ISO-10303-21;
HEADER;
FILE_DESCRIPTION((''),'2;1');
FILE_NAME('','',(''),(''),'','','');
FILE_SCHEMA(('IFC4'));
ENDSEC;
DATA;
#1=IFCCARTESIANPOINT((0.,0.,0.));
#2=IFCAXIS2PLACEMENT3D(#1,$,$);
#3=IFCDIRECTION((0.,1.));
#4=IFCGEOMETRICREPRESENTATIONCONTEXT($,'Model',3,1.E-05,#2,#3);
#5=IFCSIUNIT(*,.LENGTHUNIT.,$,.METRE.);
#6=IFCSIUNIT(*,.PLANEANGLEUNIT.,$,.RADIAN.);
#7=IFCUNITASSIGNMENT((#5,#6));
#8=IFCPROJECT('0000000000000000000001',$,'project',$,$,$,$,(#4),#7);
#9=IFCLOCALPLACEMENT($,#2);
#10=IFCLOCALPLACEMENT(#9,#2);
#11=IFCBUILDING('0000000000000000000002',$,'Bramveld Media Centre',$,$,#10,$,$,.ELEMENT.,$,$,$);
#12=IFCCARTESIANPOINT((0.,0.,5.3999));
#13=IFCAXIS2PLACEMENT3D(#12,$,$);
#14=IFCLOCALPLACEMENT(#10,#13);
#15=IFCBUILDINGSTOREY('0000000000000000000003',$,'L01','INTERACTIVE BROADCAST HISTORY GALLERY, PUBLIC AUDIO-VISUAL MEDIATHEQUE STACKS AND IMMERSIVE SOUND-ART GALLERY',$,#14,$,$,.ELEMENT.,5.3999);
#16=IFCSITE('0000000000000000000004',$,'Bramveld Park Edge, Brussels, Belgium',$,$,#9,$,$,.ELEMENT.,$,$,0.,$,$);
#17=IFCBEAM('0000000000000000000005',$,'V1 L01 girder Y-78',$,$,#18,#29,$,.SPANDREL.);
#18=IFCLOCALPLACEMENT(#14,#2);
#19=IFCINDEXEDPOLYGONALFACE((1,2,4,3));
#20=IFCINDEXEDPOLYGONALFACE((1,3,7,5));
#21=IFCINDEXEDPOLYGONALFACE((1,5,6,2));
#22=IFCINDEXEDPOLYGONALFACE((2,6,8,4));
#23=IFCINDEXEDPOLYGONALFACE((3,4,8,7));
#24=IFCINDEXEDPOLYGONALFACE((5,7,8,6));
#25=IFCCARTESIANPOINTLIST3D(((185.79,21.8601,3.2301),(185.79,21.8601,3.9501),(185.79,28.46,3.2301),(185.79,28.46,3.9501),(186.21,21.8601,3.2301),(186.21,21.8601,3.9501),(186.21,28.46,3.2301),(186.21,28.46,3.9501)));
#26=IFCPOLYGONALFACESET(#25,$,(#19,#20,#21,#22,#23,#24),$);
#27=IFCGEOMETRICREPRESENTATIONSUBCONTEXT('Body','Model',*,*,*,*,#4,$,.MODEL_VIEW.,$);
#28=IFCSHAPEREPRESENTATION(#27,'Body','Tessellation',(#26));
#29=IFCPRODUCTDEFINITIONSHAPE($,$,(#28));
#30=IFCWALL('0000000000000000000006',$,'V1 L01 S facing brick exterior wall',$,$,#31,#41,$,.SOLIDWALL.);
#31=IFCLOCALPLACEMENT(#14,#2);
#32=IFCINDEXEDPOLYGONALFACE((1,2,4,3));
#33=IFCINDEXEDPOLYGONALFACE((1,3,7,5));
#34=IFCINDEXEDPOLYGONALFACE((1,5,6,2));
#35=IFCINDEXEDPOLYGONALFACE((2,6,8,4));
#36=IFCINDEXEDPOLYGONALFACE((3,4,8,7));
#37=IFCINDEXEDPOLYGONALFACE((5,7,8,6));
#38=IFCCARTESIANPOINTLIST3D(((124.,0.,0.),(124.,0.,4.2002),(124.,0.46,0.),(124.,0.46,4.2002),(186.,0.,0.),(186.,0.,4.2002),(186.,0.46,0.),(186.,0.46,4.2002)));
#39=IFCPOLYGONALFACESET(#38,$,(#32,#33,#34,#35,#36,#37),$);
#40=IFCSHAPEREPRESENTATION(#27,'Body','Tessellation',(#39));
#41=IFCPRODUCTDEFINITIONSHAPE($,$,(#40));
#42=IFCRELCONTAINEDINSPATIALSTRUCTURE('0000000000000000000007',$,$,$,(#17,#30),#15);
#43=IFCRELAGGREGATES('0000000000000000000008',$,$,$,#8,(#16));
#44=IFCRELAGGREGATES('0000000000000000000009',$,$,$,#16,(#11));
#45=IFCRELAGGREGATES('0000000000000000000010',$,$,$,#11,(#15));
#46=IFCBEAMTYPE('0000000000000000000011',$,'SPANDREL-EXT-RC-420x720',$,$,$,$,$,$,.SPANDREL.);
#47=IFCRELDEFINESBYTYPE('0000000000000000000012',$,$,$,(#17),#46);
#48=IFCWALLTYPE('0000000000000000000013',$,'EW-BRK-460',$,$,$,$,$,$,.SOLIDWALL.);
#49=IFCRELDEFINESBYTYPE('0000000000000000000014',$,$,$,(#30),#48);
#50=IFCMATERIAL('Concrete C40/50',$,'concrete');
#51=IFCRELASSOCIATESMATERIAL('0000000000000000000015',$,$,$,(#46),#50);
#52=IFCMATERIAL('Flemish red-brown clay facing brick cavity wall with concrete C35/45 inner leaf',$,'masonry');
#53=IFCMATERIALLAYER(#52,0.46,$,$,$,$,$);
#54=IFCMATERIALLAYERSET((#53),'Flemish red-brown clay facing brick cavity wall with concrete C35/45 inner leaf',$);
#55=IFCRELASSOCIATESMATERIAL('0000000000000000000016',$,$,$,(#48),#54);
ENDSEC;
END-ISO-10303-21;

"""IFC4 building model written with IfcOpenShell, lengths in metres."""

from ifc_helpers import new_model, si_unit, direction, frame, frame_2d, origin, origin_2d, place, context, subcontext, project, spatial, rectangle, extrude, material, layer, layer_set, material_profile, profile_set, type_object, element, save


model = new_model("IFC4")

# Units and contexts
model_context = context("Model", 3, precision=1e-05, world=origin(), true_north=direction((0.0, 1.0)))
body_context = subcontext(model_context, "Body", "Model", "MODEL_VIEW")
ifc_project = project(units=[si_unit("LENGTHUNIT", "METRE"), si_unit("PLANEANGLEUNIT", "RADIAN")], contexts=[model_context])

# Site, building, storey
site_placement = place(None, origin())
site = spatial("IfcSite", under=ifc_project, at=site_placement, Name="Bramveld Park Edge, Brussels, Belgium", CompositionType="ELEMENT", RefElevation=0.0)
building_placement = place(site_placement, origin())
building = spatial("IfcBuilding", under=site, at=building_placement, Name="Bramveld Media Centre", CompositionType="ELEMENT")
storey_placement = place(building_placement, frame((0.0, 0.0, 5.3999)))
storey = spatial("IfcBuildingStorey", under=building, at=storey_placement, Name="L01", Description="INTERACTIVE BROADCAST HISTORY GALLERY, PUBLIC AUDIO-VISUAL MEDIATHEQUE STACKS AND IMMERSIVE SOUND-ART GALLERY", CompositionType="ELEMENT", Elevation=5.3999)

# Beam
ifc_material_1 = material(Name="Concrete C40/50", Category="concrete")
ifc_material_profile_1 = material_profile(ifc_material_1, rectangle(XDim=0.4199, YDim=0.72, at=origin_2d()), Name="RC 420x720")
ifc_profile_set_1 = profile_set([ifc_material_profile_1], Name="Concrete C40/50")
beam_type_1 = type_object("IfcBeamType", Name="SPANDREL-EXT-RC-420x720", PredefinedType="SPANDREL", material=ifc_profile_set_1)
beam_1_placement = place(storey_placement, frame((186.0, 21.8601, 3.5901), z_axis=(0.0, 1.0, 0.0), x_axis=(-1.0, 0.0, 0.0)))
element("IfcBeam", 1, at=beam_1_placement, inside=storey, type_object=beam_type_1, Name="V1 L01 girder Y-78", PredefinedType="SPANDREL", context=body_context, shape_type="SweptSolid", body=[
    extrude(rectangle(XDim=0.4199, YDim=0.72, at=origin_2d()), origin(), (0.0, 0.0, 1.0), 6.5999),
])

# Wall
ifc_material_2 = material(Name="Flemish red-brown clay facing brick cavity wall with concrete C35/45 inner leaf", Category="masonry")
ifc_layer = layer(ifc_material_2, 0.46)
ifc_layer_set = layer_set([ifc_layer], Name="Flemish red-brown clay facing brick cavity wall with concrete C35/45 inner leaf")
wall_type = type_object("IfcWallType", Name="EW-BRK-460", PredefinedType="SOLIDWALL", material=ifc_layer_set)
wall_placement = place(storey_placement, frame((186.0, 0.23, 0.0), z_axis=(0.0, 0.0, 1.0), x_axis=(-1.0, 0.0, 0.0)))
element("IfcWall", 2, at=wall_placement, inside=storey, type_object=wall_type, Name="V1 L01 S facing brick exterior wall", PredefinedType="SOLIDWALL", context=body_context, shape_type="SweptSolid", body=[
    extrude(rectangle(XDim=62.0, YDim=0.46, at=frame_2d((31.0, 0.0))), origin(), (0.0, 0.0, 1.0), 4.2002),
])

save(model, "model.ifc")
